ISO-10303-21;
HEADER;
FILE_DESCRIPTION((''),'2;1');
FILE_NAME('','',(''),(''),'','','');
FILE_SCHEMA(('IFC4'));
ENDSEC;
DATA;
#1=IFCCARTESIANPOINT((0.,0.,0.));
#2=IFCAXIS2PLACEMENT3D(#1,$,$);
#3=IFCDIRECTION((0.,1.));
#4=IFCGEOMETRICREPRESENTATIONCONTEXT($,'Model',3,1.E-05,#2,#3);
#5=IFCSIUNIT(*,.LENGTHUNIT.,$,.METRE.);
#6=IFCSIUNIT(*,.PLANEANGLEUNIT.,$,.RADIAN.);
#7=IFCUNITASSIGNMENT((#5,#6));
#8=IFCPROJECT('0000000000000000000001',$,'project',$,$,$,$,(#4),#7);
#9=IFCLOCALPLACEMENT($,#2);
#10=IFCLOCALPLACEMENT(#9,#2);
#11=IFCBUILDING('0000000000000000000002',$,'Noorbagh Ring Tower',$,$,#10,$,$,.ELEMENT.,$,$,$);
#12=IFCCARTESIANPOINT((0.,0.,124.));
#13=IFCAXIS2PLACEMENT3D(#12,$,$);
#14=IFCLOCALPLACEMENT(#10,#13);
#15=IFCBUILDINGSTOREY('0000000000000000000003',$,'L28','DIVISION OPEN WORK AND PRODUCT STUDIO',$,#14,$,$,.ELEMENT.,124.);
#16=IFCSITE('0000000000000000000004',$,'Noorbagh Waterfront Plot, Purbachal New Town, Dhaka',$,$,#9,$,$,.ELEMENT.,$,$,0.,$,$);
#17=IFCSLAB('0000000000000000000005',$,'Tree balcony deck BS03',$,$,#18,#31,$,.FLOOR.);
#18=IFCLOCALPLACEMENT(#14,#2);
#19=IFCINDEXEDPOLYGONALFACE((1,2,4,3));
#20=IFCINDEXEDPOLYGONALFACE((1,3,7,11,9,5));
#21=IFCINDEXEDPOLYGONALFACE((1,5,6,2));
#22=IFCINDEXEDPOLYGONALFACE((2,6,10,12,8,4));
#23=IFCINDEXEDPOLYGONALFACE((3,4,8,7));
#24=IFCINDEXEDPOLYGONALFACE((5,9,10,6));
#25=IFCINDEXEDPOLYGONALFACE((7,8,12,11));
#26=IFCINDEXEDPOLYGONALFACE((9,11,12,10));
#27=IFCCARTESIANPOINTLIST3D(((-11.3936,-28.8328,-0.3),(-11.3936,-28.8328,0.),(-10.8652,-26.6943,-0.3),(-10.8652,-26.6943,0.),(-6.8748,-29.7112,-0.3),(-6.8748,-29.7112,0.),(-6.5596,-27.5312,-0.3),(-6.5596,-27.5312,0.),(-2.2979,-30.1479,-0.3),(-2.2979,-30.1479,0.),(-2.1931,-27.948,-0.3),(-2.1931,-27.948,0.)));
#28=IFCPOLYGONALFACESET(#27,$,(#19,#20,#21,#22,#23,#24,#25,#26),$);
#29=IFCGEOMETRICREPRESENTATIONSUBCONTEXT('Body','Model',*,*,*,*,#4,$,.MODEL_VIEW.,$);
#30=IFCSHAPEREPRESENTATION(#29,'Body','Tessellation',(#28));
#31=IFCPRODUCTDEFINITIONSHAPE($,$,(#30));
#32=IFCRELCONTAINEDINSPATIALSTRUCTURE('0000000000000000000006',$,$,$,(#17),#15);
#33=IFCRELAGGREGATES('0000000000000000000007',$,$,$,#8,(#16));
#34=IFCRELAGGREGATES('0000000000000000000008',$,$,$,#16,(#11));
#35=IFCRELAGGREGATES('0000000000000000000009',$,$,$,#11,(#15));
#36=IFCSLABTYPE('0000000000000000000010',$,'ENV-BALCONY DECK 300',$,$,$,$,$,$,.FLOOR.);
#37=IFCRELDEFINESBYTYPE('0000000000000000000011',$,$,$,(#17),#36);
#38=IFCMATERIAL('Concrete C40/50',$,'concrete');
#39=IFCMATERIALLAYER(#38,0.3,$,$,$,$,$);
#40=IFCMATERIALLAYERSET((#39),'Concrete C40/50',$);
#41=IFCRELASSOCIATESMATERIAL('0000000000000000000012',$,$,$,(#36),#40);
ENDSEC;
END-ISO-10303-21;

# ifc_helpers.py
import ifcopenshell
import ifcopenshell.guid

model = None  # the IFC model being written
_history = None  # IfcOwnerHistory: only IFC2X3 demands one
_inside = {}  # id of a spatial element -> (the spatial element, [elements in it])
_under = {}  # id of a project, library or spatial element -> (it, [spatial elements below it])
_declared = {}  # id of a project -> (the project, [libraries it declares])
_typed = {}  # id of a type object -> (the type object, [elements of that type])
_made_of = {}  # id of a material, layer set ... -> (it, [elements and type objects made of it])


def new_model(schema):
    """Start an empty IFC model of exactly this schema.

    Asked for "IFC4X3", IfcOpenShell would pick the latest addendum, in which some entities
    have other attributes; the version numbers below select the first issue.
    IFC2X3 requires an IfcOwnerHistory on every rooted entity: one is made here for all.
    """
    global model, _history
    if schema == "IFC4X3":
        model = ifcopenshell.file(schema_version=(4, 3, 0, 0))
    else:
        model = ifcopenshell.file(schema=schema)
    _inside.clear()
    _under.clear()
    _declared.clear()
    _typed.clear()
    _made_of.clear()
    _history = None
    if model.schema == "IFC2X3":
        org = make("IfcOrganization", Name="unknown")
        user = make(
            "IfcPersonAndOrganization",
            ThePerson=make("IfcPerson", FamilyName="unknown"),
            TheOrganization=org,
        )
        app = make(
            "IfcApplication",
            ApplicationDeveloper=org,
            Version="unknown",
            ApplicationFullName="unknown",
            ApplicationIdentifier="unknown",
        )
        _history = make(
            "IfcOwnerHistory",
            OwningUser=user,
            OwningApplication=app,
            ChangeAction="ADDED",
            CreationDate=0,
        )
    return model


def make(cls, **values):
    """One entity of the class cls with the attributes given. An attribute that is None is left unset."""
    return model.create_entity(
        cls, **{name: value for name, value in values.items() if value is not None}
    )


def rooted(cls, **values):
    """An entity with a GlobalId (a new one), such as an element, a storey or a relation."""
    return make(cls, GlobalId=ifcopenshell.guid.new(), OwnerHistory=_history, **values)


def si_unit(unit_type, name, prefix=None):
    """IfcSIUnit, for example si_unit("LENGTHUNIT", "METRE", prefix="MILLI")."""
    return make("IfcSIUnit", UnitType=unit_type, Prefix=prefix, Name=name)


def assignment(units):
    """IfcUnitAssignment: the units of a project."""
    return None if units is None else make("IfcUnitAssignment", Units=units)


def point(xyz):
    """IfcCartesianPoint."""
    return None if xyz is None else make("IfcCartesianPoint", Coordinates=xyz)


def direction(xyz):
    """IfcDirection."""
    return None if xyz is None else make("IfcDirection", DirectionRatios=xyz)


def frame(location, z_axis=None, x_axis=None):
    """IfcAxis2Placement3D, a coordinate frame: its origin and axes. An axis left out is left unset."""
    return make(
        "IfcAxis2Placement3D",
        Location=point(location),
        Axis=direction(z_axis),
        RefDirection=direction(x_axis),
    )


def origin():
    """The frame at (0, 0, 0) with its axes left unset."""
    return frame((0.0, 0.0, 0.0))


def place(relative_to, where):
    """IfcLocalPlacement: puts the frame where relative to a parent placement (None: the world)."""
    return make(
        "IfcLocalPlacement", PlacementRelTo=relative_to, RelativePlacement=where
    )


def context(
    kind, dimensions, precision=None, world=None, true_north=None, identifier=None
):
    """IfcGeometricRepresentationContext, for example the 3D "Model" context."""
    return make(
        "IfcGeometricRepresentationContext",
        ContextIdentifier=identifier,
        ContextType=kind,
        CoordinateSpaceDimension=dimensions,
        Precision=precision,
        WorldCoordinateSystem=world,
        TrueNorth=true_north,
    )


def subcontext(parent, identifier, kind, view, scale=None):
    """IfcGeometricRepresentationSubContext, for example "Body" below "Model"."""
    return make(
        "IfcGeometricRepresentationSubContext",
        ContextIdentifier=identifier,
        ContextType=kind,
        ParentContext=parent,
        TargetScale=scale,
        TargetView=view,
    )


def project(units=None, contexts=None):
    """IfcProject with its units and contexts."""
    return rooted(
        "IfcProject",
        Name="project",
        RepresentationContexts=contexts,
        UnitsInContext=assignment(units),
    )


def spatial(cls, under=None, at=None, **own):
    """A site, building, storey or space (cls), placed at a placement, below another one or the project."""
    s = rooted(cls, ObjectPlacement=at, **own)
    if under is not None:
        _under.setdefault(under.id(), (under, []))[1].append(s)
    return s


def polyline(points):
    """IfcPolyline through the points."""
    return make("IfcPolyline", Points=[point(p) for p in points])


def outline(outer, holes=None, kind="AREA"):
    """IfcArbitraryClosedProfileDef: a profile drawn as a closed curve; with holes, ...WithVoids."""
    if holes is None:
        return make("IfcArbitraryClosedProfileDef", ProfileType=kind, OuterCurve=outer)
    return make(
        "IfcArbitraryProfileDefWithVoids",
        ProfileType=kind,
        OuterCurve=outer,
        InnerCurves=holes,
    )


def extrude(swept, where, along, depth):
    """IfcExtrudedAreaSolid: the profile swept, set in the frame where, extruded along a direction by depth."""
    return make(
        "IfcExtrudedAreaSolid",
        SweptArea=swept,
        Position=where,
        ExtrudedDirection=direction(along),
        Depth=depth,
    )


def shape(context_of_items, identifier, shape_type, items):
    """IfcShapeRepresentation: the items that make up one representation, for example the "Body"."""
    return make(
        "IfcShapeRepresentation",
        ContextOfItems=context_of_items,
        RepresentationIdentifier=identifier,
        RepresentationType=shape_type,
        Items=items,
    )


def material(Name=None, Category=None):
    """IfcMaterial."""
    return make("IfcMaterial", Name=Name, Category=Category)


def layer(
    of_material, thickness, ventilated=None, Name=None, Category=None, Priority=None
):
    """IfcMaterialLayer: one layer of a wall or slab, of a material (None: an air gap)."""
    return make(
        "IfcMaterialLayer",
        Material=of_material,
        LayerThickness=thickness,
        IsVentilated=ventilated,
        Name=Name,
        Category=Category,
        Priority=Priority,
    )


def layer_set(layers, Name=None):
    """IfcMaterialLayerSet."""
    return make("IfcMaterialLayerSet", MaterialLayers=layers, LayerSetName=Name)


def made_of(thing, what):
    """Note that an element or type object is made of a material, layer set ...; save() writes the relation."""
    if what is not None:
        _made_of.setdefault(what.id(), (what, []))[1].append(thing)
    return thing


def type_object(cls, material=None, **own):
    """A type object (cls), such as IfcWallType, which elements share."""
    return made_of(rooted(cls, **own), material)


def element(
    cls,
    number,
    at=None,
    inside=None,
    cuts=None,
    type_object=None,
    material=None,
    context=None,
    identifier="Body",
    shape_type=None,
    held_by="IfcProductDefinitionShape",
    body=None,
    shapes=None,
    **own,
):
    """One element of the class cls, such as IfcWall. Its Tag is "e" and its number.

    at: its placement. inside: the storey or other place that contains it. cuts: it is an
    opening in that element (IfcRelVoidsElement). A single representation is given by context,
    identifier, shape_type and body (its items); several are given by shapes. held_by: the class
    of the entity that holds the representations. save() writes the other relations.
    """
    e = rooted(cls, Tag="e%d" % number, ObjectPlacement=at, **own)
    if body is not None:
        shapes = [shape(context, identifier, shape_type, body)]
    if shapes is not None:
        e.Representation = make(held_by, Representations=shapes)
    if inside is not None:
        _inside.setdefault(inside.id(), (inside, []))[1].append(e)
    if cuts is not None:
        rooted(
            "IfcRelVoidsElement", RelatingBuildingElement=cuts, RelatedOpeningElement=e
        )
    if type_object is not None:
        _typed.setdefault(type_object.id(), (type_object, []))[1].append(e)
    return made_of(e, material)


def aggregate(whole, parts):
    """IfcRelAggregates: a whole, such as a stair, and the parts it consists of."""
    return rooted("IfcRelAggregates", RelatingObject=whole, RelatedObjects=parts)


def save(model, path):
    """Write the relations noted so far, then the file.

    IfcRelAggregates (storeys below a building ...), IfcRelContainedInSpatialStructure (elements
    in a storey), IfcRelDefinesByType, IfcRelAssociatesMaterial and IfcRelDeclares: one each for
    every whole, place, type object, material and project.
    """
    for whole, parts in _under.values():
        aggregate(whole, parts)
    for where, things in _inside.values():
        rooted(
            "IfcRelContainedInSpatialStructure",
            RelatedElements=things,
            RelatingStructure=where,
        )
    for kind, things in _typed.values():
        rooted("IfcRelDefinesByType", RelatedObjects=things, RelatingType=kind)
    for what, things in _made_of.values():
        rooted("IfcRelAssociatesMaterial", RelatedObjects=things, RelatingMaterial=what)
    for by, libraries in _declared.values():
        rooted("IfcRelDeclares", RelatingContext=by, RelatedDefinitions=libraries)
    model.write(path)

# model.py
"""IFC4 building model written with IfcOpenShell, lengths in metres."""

from ifc_helpers import new_model, si_unit, direction, frame, origin, place, context, subcontext, project, spatial, polyline, outline, extrude, material, layer, layer_set, type_object, element, save


model = new_model("IFC4")

# Units and contexts
model_context = context("Model", 3, precision=1e-05, world=origin(), true_north=direction((0.0, 1.0)))
body_context = subcontext(model_context, "Body", "Model", "MODEL_VIEW")
ifc_project = project(units=[si_unit("LENGTHUNIT", "METRE"), si_unit("PLANEANGLEUNIT", "RADIAN")], contexts=[model_context])

# Site, building, storey
site_placement = place(None, origin())
building_placement = place(site_placement, origin())
storey_placement = place(building_placement, frame((0.0, 0.0, 124.0)))
site = spatial("IfcSite", under=ifc_project, at=site_placement, Name="Noorbagh Waterfront Plot, Purbachal New Town, Dhaka", CompositionType="ELEMENT", RefElevation=0.0)
building = spatial("IfcBuilding", under=site, at=building_placement, Name="Noorbagh Ring Tower", CompositionType="ELEMENT")
storey = spatial("IfcBuildingStorey", under=building, at=storey_placement, Name="L28", Description="DIVISION OPEN WORK AND PRODUCT STUDIO", CompositionType="ELEMENT", Elevation=124.0)

# Slab
ifc_material_1 = material(Name="Concrete C40/50", Category="concrete")
ifc_layer_1 = layer(ifc_material_1, 0.3)
ifc_layer_set_1 = layer_set([ifc_layer_1], Name="Concrete C40/50")
slab_type = type_object("IfcSlabType", Name="ENV-BALCONY DECK 300", PredefinedType="FLOOR", material=ifc_layer_set_1)
slab_1_placement = place(storey_placement, frame((0.0, 0.0, -0.3)))
element("IfcSlab", 1, at=slab_1_placement, inside=storey, type_object=slab_type, Name="Tree balcony deck BS03", PredefinedType="FLOOR", context=body_context, shape_type="SweptSolid", body=[
    extrude(outline(polyline([(-11.3936, -28.8328), (-6.8748, -29.7112), (-2.2979, -30.1479), (-2.1931, -27.948), (-6.5596, -27.5312), (-10.8652, -26.6943), (-11.3936, -28.8328)])), origin(), (0.0, 0.0, 1.0), 0.3),
])

save(model, "model.ifc")
